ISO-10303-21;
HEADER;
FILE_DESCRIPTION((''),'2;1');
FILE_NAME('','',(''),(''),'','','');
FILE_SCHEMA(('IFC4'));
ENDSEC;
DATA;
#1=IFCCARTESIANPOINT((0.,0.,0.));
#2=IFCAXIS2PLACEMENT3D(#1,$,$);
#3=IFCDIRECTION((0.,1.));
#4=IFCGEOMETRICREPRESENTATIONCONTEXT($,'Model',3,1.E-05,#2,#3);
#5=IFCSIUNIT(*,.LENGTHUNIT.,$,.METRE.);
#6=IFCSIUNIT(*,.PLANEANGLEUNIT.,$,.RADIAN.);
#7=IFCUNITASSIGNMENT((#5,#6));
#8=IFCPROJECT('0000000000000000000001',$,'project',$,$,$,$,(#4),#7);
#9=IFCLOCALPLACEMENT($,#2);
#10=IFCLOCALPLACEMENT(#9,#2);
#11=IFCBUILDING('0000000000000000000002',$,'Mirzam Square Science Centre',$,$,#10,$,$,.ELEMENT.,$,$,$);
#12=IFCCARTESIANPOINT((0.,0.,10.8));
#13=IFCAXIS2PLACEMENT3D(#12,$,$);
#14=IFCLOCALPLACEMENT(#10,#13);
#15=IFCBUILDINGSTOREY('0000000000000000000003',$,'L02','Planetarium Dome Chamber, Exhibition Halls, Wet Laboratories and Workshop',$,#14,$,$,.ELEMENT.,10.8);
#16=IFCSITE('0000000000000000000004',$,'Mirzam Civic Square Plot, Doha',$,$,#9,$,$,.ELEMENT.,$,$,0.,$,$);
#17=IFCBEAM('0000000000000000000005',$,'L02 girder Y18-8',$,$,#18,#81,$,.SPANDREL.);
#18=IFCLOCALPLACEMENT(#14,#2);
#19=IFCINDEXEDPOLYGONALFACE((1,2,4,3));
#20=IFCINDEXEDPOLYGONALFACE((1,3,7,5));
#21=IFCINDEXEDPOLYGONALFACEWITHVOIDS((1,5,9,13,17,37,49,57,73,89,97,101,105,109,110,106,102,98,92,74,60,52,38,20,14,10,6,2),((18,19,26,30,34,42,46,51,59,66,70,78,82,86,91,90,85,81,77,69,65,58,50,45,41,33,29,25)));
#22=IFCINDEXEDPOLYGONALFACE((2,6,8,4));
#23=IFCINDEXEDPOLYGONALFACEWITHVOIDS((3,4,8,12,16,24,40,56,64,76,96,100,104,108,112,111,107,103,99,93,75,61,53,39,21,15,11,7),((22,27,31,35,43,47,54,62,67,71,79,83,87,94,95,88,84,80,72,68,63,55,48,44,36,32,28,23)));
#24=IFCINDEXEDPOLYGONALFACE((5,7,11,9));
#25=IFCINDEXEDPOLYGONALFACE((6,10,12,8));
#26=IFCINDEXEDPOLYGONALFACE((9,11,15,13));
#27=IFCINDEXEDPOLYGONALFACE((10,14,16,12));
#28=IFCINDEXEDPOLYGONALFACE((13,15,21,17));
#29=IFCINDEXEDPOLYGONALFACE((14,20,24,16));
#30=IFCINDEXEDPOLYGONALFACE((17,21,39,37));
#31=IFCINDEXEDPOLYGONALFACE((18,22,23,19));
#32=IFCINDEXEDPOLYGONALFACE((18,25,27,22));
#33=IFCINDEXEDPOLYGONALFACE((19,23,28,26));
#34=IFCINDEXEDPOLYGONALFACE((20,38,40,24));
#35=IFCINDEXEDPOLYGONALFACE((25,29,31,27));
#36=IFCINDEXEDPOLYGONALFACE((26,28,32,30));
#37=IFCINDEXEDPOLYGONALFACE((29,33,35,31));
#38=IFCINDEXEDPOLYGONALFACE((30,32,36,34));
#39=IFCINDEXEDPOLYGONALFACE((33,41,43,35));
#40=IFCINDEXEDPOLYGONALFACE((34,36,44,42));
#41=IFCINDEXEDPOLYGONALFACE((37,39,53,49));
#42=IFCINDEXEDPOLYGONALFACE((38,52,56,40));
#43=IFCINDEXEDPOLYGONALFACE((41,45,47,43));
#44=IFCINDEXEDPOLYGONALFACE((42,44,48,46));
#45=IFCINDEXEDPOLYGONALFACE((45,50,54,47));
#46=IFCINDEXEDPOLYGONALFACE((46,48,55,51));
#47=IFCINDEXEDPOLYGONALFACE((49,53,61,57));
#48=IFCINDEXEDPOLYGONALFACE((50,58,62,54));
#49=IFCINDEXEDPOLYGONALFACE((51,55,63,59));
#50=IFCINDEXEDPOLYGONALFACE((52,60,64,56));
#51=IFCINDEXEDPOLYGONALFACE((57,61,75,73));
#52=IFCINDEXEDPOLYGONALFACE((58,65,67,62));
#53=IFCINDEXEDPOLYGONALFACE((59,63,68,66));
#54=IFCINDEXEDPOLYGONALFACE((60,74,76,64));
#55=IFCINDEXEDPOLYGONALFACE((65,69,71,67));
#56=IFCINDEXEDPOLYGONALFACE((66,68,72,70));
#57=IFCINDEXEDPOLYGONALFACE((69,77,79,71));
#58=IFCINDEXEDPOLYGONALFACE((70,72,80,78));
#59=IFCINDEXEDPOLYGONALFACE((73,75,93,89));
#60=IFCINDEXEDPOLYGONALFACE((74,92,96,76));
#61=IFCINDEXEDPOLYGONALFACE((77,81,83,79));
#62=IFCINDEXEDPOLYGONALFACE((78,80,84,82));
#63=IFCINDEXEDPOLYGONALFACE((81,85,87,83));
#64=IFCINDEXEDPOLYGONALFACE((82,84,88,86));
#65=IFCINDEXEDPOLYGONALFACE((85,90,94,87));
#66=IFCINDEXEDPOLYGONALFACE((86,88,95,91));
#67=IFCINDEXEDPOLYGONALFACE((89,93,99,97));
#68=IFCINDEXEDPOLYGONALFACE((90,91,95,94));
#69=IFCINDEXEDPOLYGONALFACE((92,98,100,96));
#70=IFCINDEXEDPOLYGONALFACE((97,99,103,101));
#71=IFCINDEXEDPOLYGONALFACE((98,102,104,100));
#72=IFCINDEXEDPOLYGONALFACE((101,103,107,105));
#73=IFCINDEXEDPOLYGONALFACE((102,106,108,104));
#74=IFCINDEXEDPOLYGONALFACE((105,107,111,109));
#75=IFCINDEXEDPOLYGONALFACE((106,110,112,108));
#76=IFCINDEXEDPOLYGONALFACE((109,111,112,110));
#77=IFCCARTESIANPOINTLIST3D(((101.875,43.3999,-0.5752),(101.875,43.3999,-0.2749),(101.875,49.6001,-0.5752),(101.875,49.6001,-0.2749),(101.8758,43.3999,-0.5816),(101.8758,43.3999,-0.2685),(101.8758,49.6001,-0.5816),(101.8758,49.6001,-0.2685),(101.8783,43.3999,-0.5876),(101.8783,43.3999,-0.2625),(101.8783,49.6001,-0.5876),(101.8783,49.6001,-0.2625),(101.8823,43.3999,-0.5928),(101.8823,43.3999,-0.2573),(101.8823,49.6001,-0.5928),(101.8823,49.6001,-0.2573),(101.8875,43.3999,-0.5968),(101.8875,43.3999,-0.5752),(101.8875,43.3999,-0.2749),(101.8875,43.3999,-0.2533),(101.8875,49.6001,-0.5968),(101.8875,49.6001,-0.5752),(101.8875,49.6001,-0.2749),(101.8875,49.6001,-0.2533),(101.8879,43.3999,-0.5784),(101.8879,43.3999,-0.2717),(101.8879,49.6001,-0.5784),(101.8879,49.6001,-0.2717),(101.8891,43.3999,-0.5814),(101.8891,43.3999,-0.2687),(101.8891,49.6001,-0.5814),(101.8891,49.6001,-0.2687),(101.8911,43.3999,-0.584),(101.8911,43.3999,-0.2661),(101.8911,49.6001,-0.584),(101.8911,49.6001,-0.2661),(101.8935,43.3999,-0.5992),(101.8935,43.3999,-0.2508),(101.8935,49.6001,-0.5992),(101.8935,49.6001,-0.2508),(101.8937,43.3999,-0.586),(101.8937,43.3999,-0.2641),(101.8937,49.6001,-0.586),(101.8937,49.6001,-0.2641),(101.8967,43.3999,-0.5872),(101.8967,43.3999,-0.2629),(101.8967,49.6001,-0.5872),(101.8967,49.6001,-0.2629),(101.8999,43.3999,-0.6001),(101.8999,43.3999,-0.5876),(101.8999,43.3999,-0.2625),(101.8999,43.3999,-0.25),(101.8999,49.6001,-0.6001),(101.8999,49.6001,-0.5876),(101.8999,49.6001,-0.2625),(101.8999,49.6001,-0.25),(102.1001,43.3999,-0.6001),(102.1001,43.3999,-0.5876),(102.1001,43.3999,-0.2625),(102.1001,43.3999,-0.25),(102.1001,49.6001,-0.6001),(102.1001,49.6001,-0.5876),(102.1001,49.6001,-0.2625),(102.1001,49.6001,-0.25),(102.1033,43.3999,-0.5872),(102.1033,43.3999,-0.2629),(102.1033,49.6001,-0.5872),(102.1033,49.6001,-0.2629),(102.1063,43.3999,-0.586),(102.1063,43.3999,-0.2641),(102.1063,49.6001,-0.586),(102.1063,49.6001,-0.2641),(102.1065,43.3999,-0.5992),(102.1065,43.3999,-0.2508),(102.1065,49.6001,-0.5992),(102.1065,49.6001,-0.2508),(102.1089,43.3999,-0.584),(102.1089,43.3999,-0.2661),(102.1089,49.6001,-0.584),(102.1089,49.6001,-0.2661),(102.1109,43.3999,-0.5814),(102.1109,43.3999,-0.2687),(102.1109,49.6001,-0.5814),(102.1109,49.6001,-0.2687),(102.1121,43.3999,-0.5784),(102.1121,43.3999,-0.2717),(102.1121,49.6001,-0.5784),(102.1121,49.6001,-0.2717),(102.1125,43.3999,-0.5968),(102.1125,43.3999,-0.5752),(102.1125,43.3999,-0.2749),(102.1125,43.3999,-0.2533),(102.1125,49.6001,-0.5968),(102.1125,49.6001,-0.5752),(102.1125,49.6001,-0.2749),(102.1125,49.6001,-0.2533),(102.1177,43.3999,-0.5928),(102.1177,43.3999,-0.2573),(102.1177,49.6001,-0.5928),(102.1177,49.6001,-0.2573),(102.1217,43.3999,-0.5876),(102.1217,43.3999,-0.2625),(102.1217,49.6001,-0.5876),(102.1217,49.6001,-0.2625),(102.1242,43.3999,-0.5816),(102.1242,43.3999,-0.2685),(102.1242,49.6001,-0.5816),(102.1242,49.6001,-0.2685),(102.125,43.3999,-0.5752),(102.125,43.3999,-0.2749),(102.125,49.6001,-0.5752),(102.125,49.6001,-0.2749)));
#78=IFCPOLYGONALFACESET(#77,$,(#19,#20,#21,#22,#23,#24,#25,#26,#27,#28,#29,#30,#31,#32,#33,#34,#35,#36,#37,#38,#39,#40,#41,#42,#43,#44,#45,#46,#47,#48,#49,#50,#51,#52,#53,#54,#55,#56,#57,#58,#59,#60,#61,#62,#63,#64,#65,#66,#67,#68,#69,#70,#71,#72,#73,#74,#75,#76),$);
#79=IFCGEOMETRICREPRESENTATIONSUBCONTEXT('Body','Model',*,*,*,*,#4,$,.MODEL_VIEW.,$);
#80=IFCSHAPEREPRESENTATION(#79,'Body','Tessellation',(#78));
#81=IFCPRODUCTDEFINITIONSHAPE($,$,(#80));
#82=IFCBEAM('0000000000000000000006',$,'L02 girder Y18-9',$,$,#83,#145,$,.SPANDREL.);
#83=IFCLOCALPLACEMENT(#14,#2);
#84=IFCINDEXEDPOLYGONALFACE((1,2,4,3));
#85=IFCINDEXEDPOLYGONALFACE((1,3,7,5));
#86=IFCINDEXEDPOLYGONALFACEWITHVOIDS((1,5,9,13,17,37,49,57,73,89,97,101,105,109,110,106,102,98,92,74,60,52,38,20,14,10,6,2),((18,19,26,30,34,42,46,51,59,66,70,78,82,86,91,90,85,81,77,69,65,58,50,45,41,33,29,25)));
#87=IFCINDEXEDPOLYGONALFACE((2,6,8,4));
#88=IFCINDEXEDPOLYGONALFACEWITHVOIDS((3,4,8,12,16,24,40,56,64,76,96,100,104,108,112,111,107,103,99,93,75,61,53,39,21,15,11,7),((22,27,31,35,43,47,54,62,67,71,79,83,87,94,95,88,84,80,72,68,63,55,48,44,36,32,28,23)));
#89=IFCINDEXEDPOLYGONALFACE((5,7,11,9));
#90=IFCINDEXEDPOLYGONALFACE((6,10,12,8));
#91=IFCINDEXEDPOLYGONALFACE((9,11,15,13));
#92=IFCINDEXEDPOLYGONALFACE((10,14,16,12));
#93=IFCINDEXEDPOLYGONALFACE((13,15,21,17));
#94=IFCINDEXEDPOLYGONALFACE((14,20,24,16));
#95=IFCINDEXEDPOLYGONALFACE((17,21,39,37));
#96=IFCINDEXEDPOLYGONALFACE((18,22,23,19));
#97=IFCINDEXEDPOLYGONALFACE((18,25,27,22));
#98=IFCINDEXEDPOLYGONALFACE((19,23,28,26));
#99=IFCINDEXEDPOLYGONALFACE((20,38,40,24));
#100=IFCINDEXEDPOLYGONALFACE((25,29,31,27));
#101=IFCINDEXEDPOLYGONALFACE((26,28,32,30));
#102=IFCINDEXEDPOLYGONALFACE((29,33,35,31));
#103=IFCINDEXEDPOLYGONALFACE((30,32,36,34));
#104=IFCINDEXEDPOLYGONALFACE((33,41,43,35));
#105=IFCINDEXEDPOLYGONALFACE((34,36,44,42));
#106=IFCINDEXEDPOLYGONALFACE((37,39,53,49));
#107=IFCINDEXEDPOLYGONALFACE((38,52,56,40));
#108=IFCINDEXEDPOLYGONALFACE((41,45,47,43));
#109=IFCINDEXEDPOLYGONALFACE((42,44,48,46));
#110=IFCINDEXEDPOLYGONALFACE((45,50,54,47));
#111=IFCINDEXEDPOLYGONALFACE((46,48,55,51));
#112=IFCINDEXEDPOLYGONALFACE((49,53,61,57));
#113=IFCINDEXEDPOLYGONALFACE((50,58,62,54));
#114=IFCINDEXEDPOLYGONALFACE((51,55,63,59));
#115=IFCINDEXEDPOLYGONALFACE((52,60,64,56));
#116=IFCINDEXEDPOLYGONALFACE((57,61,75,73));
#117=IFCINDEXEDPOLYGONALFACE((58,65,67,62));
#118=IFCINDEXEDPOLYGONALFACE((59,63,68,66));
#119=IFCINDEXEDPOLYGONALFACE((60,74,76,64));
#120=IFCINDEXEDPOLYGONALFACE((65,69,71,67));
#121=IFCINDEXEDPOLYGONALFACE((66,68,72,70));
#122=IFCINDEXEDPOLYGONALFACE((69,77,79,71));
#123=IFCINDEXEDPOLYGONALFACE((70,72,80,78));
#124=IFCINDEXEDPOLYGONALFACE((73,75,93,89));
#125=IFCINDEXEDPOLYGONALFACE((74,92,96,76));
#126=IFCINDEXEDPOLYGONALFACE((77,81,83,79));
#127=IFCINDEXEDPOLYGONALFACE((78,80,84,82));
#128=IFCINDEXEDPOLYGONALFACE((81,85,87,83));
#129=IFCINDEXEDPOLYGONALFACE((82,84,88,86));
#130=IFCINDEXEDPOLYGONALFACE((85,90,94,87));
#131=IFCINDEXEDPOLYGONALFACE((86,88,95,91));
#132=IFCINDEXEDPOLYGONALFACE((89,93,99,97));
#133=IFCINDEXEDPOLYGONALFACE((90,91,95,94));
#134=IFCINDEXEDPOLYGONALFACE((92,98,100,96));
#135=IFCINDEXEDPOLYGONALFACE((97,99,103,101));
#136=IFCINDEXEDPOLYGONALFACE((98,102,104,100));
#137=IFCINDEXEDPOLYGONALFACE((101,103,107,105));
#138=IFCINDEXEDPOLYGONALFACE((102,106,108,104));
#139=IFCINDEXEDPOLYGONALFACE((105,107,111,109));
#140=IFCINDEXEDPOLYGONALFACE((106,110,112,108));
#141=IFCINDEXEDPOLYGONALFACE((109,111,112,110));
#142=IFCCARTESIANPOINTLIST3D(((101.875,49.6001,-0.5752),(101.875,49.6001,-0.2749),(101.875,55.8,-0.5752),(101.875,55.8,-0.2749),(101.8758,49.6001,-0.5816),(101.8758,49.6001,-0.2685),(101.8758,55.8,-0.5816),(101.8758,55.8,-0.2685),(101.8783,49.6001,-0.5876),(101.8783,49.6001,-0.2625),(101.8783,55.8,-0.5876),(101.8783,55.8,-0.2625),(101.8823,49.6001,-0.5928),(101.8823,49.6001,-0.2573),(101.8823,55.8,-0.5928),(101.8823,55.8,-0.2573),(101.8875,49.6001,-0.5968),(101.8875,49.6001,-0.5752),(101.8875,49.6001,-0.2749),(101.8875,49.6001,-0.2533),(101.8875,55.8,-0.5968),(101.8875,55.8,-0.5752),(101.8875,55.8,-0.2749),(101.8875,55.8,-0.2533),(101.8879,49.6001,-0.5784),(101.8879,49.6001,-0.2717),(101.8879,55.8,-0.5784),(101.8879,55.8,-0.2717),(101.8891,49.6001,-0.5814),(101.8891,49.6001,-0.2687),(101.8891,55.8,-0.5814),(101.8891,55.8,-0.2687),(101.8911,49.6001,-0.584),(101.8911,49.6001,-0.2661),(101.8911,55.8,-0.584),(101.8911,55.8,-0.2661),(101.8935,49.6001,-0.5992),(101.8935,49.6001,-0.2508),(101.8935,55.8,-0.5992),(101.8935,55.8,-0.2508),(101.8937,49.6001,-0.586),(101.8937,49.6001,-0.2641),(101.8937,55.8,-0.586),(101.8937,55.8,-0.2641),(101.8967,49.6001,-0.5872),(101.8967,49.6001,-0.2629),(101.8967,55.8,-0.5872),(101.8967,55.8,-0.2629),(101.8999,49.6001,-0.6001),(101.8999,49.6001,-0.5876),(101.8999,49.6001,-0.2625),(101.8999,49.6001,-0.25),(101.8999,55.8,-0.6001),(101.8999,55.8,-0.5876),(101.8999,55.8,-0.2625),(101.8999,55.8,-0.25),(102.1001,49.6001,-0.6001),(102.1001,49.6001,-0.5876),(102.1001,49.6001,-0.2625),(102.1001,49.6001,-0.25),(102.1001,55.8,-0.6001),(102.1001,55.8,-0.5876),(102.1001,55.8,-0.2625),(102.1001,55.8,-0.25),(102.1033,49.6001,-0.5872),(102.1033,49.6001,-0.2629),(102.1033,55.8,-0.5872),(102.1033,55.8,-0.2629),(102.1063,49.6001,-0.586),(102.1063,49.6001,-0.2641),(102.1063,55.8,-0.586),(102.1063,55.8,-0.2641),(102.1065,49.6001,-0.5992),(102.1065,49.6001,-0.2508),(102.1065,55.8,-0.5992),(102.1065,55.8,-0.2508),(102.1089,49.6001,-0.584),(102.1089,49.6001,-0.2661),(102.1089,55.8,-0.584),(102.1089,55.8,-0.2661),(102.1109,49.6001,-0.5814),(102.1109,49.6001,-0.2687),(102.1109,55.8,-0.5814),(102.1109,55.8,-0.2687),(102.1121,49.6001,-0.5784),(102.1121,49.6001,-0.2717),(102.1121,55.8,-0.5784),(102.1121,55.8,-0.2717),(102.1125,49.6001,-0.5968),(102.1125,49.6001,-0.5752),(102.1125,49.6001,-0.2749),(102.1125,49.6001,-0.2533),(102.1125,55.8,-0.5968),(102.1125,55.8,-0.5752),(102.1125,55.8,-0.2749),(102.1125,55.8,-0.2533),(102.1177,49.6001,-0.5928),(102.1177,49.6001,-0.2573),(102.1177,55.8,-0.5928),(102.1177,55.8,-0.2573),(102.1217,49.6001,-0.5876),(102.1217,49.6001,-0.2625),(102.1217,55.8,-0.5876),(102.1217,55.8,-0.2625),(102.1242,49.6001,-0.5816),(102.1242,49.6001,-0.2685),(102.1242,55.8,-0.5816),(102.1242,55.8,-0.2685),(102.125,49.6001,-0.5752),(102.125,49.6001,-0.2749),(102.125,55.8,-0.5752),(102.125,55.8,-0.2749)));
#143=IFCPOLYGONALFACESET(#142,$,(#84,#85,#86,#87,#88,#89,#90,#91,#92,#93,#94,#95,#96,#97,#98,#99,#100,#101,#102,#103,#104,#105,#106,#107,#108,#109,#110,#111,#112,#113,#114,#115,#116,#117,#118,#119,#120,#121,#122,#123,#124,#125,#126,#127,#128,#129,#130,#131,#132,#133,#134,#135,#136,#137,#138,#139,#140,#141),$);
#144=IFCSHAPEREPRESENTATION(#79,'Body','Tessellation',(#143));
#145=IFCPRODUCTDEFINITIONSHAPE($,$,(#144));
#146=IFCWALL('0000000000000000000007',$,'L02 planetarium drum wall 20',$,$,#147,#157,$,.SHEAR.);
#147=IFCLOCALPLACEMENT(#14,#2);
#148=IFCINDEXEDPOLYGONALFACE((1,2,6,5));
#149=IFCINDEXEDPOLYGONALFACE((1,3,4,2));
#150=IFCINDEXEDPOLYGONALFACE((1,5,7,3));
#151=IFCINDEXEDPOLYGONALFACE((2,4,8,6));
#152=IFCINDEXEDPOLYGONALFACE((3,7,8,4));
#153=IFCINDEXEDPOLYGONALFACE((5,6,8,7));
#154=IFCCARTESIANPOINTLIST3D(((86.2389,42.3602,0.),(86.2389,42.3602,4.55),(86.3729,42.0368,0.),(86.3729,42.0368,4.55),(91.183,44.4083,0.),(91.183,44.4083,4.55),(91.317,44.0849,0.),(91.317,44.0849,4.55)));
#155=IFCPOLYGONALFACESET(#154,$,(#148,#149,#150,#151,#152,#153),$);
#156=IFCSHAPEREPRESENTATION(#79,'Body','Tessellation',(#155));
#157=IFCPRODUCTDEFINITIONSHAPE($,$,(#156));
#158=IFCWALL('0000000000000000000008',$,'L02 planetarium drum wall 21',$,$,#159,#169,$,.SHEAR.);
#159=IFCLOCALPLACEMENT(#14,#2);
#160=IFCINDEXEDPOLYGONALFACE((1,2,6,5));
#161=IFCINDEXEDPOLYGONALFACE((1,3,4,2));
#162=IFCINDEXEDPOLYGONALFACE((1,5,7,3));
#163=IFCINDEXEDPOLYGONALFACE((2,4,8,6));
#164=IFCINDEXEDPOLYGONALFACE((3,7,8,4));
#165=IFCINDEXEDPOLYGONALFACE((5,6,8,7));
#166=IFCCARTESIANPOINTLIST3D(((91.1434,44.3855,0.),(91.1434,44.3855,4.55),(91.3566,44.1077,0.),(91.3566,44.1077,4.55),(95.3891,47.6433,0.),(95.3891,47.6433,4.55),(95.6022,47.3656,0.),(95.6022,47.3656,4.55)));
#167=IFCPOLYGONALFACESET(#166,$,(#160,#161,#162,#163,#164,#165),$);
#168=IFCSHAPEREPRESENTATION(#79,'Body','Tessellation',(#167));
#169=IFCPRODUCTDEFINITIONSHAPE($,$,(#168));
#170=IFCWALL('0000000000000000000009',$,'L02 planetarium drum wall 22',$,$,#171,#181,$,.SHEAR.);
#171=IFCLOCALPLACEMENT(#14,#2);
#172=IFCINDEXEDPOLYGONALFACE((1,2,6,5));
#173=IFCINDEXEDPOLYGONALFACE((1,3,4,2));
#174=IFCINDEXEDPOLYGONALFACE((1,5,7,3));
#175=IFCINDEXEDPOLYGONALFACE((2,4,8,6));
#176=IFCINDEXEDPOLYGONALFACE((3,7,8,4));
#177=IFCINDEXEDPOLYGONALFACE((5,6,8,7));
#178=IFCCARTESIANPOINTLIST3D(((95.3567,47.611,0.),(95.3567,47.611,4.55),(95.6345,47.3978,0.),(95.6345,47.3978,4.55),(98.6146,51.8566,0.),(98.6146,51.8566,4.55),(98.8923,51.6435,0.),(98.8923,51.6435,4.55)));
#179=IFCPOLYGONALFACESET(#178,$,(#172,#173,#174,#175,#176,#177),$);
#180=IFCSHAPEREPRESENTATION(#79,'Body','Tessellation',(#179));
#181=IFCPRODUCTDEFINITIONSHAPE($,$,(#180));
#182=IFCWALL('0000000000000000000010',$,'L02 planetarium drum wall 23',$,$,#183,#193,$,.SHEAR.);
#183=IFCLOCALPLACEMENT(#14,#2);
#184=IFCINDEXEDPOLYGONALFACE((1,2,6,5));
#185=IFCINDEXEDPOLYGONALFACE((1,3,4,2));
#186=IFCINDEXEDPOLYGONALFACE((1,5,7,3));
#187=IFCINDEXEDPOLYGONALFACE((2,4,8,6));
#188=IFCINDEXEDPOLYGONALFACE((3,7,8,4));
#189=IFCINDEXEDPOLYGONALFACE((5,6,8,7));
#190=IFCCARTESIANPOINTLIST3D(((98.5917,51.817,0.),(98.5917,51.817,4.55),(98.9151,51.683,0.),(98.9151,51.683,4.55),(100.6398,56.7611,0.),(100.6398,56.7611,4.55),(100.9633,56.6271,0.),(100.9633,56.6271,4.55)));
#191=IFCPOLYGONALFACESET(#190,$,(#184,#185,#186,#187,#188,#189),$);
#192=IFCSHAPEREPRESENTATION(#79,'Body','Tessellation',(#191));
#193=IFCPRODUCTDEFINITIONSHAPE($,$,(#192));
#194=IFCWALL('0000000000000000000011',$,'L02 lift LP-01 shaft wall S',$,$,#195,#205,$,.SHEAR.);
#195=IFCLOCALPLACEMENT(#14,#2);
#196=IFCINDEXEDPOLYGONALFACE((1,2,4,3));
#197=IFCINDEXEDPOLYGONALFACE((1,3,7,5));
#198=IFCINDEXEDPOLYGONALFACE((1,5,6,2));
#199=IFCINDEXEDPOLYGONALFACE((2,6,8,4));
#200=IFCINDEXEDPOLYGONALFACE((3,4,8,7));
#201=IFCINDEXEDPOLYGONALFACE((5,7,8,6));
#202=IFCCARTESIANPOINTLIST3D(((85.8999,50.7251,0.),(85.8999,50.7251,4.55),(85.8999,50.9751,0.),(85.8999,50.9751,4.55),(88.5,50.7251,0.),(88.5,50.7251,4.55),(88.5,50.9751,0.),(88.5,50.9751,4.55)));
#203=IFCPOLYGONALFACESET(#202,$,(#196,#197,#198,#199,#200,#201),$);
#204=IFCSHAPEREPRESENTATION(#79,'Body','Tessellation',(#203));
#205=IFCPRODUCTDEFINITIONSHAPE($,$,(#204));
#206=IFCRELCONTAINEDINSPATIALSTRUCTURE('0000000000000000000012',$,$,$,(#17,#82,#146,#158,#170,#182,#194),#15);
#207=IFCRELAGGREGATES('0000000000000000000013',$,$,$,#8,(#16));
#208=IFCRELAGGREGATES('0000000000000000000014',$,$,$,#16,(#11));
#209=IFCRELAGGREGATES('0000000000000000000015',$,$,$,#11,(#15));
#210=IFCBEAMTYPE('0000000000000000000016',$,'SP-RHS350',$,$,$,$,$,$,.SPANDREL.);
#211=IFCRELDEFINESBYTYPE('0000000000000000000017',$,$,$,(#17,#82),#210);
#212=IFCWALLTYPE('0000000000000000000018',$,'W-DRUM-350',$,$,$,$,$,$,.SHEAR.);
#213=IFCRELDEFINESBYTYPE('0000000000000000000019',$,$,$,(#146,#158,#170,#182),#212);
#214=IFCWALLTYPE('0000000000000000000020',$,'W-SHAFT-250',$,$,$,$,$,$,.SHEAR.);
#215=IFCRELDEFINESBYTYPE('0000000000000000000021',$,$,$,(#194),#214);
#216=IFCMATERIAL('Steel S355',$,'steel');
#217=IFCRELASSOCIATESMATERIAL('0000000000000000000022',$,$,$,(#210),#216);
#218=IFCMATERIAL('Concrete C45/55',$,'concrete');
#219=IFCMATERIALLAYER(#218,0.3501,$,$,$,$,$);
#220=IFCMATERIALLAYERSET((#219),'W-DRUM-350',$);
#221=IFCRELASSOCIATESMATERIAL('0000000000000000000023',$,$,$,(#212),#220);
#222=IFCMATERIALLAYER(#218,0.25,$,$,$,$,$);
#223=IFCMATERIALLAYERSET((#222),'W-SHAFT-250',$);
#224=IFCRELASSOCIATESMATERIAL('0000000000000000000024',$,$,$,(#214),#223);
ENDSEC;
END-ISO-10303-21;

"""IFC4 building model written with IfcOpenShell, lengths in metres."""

from ifc_helpers import new_model, si_unit, direction, frame, frame_2d, origin, origin_2d, place, context, subcontext, project, spatial, rectangle, hollow_rectangle, extrude, material, layer, layer_set, material_profile, profile_set, type_object, element, save


model = new_model("IFC4")

# Units and contexts
model_context = context("Model", 3, precision=1e-05, world=origin(), true_north=direction((0.0, 1.0)))
body_context = subcontext(model_context, "Body", "Model", "MODEL_VIEW")
ifc_project = project(units=[si_unit("LENGTHUNIT", "METRE"), si_unit("PLANEANGLEUNIT", "RADIAN")], contexts=[model_context])

# Site, building, storey
site_placement = place(None, origin())
site = spatial("IfcSite", under=ifc_project, at=site_placement, Name="Mirzam Civic Square Plot, Doha", CompositionType="ELEMENT", RefElevation=0.0)
building_placement = place(site_placement, origin())
building = spatial("IfcBuilding", under=site, at=building_placement, Name="Mirzam Square Science Centre", CompositionType="ELEMENT")
storey_placement = place(building_placement, frame((0.0, 0.0, 10.8)))
storey = spatial("IfcBuildingStorey", under=building, at=storey_placement, Name="L02", Description="Planetarium Dome Chamber, Exhibition Halls, Wet Laboratories and Workshop", CompositionType="ELEMENT", Elevation=10.8)

# Shared definitions
ifc_material_1 = material(Name="Steel S355", Category="steel")
ifc_material_2 = material(Name="Concrete C45/55", Category="concrete")

# Beams
ifc_material_profile_1 = material_profile(ifc_material_1, hollow_rectangle(XDim=0.25, YDim=0.3501, WallThickness=0.0125, InnerFilletRadius=0.0125, OuterFilletRadius=0.0249, at=origin_2d()), Name="350x250x12.5RHS")
ifc_profile_set_1 = profile_set([ifc_material_profile_1], Name="Steel S355")
beam_type_1 = type_object("IfcBeamType", Name="SP-RHS350", PredefinedType="SPANDREL", material=ifc_profile_set_1)
beam_1_placement = place(storey_placement, frame((102.0, 43.3999, -0.425), z_axis=(0.0, 1.0, 0.0), x_axis=(-1.0, 0.0, 0.0)))
element("IfcBeam", 1, at=beam_1_placement, inside=storey, type_object=beam_type_1, Name="L02 girder Y18-8", PredefinedType="SPANDREL", context=body_context, shape_type="SweptSolid", body=[
    extrude(hollow_rectangle(XDim=0.25, YDim=0.3501, WallThickness=0.0125, InnerFilletRadius=0.0125, OuterFilletRadius=0.0249, at=origin_2d()), origin(), (0.0, 0.0, 1.0), 6.2002),
])
beam_2_placement = place(storey_placement, frame((102.0, 49.6001, -0.425), z_axis=(0.0, 1.0, 0.0), x_axis=(-1.0, 0.0, 0.0)))
element("IfcBeam", 2, at=beam_2_placement, inside=storey, type_object=beam_type_1, Name="L02 girder Y18-9", PredefinedType="SPANDREL", context=body_context, shape_type="SweptSolid", body=[
    extrude(hollow_rectangle(XDim=0.25, YDim=0.3501, WallThickness=0.0125, InnerFilletRadius=0.0125, OuterFilletRadius=0.0249, at=origin_2d()), origin(), (0.0, 0.0, 1.0), 6.2),
])

# Walls
ifc_layer_1 = layer(ifc_material_2, 0.3501)
ifc_layer_set_1 = layer_set([ifc_layer_1], Name="W-DRUM-350")
wall_type_1 = type_object("IfcWallType", Name="W-DRUM-350", PredefinedType="SHEAR", material=ifc_layer_set_1)
for number, where, z_axis, x_axis, name in (
    (3, (86.3059, 42.1985, 0.0), (0.0, 0.0, 1.0), (0.923867, 0.382713, 0.0), "L02 planetarium drum wall 20"),
    (4, (91.25, 44.2466, 0.0), (0.0, 0.0, 1.0), (0.793349, 0.608767, 0.0), "L02 planetarium drum wall 21"),
    (5, (95.4956, 47.5044, 0.0), (0.0, 0.0, 1.0), (0.608767, 0.793349, 0.0), "L02 planetarium drum wall 22"),
    (6, (98.7534, 51.75, 0.0), (0.0, 0.0, 1.0), (0.382713, 0.923867, 0.0), "L02 planetarium drum wall 23"),
):
    element("IfcWall", number, at=place(storey_placement, frame(where, z_axis=z_axis, x_axis=x_axis)), inside=storey, type_object=wall_type_1, Name=name, PredefinedType="SHEAR", context=body_context, shape_type="SweptSolid", body=[
        extrude(rectangle(XDim=5.3516, YDim=0.3501, at=frame_2d((2.6758, 0.0))), origin(), (0.0, 0.0, 1.0), 4.55),
    ])
ifc_layer_2 = layer(ifc_material_2, 0.25)
ifc_layer_set_2 = layer_set([ifc_layer_2], Name="W-SHAFT-250")
wall_type_2 = type_object("IfcWallType", Name="W-SHAFT-250", PredefinedType="SHEAR", material=ifc_layer_set_2)
wall_1_placement = place(storey_placement, frame((85.8999, 50.8501, 0.0), z_axis=(0.0, 0.0, 1.0), x_axis=(1.0, 0.0, 0.0)))
element("IfcWall", 7, at=wall_1_placement, inside=storey, type_object=wall_type_2, Name="L02 lift LP-01 shaft wall S", PredefinedType="SHEAR", context=body_context, shape_type="SweptSolid", body=[
    extrude(rectangle(XDim=2.6001, YDim=0.25, at=frame_2d((1.3, 0.0))), origin(), (0.0, 0.0, 1.0), 4.55),
])

save(model, "model.ifc")
